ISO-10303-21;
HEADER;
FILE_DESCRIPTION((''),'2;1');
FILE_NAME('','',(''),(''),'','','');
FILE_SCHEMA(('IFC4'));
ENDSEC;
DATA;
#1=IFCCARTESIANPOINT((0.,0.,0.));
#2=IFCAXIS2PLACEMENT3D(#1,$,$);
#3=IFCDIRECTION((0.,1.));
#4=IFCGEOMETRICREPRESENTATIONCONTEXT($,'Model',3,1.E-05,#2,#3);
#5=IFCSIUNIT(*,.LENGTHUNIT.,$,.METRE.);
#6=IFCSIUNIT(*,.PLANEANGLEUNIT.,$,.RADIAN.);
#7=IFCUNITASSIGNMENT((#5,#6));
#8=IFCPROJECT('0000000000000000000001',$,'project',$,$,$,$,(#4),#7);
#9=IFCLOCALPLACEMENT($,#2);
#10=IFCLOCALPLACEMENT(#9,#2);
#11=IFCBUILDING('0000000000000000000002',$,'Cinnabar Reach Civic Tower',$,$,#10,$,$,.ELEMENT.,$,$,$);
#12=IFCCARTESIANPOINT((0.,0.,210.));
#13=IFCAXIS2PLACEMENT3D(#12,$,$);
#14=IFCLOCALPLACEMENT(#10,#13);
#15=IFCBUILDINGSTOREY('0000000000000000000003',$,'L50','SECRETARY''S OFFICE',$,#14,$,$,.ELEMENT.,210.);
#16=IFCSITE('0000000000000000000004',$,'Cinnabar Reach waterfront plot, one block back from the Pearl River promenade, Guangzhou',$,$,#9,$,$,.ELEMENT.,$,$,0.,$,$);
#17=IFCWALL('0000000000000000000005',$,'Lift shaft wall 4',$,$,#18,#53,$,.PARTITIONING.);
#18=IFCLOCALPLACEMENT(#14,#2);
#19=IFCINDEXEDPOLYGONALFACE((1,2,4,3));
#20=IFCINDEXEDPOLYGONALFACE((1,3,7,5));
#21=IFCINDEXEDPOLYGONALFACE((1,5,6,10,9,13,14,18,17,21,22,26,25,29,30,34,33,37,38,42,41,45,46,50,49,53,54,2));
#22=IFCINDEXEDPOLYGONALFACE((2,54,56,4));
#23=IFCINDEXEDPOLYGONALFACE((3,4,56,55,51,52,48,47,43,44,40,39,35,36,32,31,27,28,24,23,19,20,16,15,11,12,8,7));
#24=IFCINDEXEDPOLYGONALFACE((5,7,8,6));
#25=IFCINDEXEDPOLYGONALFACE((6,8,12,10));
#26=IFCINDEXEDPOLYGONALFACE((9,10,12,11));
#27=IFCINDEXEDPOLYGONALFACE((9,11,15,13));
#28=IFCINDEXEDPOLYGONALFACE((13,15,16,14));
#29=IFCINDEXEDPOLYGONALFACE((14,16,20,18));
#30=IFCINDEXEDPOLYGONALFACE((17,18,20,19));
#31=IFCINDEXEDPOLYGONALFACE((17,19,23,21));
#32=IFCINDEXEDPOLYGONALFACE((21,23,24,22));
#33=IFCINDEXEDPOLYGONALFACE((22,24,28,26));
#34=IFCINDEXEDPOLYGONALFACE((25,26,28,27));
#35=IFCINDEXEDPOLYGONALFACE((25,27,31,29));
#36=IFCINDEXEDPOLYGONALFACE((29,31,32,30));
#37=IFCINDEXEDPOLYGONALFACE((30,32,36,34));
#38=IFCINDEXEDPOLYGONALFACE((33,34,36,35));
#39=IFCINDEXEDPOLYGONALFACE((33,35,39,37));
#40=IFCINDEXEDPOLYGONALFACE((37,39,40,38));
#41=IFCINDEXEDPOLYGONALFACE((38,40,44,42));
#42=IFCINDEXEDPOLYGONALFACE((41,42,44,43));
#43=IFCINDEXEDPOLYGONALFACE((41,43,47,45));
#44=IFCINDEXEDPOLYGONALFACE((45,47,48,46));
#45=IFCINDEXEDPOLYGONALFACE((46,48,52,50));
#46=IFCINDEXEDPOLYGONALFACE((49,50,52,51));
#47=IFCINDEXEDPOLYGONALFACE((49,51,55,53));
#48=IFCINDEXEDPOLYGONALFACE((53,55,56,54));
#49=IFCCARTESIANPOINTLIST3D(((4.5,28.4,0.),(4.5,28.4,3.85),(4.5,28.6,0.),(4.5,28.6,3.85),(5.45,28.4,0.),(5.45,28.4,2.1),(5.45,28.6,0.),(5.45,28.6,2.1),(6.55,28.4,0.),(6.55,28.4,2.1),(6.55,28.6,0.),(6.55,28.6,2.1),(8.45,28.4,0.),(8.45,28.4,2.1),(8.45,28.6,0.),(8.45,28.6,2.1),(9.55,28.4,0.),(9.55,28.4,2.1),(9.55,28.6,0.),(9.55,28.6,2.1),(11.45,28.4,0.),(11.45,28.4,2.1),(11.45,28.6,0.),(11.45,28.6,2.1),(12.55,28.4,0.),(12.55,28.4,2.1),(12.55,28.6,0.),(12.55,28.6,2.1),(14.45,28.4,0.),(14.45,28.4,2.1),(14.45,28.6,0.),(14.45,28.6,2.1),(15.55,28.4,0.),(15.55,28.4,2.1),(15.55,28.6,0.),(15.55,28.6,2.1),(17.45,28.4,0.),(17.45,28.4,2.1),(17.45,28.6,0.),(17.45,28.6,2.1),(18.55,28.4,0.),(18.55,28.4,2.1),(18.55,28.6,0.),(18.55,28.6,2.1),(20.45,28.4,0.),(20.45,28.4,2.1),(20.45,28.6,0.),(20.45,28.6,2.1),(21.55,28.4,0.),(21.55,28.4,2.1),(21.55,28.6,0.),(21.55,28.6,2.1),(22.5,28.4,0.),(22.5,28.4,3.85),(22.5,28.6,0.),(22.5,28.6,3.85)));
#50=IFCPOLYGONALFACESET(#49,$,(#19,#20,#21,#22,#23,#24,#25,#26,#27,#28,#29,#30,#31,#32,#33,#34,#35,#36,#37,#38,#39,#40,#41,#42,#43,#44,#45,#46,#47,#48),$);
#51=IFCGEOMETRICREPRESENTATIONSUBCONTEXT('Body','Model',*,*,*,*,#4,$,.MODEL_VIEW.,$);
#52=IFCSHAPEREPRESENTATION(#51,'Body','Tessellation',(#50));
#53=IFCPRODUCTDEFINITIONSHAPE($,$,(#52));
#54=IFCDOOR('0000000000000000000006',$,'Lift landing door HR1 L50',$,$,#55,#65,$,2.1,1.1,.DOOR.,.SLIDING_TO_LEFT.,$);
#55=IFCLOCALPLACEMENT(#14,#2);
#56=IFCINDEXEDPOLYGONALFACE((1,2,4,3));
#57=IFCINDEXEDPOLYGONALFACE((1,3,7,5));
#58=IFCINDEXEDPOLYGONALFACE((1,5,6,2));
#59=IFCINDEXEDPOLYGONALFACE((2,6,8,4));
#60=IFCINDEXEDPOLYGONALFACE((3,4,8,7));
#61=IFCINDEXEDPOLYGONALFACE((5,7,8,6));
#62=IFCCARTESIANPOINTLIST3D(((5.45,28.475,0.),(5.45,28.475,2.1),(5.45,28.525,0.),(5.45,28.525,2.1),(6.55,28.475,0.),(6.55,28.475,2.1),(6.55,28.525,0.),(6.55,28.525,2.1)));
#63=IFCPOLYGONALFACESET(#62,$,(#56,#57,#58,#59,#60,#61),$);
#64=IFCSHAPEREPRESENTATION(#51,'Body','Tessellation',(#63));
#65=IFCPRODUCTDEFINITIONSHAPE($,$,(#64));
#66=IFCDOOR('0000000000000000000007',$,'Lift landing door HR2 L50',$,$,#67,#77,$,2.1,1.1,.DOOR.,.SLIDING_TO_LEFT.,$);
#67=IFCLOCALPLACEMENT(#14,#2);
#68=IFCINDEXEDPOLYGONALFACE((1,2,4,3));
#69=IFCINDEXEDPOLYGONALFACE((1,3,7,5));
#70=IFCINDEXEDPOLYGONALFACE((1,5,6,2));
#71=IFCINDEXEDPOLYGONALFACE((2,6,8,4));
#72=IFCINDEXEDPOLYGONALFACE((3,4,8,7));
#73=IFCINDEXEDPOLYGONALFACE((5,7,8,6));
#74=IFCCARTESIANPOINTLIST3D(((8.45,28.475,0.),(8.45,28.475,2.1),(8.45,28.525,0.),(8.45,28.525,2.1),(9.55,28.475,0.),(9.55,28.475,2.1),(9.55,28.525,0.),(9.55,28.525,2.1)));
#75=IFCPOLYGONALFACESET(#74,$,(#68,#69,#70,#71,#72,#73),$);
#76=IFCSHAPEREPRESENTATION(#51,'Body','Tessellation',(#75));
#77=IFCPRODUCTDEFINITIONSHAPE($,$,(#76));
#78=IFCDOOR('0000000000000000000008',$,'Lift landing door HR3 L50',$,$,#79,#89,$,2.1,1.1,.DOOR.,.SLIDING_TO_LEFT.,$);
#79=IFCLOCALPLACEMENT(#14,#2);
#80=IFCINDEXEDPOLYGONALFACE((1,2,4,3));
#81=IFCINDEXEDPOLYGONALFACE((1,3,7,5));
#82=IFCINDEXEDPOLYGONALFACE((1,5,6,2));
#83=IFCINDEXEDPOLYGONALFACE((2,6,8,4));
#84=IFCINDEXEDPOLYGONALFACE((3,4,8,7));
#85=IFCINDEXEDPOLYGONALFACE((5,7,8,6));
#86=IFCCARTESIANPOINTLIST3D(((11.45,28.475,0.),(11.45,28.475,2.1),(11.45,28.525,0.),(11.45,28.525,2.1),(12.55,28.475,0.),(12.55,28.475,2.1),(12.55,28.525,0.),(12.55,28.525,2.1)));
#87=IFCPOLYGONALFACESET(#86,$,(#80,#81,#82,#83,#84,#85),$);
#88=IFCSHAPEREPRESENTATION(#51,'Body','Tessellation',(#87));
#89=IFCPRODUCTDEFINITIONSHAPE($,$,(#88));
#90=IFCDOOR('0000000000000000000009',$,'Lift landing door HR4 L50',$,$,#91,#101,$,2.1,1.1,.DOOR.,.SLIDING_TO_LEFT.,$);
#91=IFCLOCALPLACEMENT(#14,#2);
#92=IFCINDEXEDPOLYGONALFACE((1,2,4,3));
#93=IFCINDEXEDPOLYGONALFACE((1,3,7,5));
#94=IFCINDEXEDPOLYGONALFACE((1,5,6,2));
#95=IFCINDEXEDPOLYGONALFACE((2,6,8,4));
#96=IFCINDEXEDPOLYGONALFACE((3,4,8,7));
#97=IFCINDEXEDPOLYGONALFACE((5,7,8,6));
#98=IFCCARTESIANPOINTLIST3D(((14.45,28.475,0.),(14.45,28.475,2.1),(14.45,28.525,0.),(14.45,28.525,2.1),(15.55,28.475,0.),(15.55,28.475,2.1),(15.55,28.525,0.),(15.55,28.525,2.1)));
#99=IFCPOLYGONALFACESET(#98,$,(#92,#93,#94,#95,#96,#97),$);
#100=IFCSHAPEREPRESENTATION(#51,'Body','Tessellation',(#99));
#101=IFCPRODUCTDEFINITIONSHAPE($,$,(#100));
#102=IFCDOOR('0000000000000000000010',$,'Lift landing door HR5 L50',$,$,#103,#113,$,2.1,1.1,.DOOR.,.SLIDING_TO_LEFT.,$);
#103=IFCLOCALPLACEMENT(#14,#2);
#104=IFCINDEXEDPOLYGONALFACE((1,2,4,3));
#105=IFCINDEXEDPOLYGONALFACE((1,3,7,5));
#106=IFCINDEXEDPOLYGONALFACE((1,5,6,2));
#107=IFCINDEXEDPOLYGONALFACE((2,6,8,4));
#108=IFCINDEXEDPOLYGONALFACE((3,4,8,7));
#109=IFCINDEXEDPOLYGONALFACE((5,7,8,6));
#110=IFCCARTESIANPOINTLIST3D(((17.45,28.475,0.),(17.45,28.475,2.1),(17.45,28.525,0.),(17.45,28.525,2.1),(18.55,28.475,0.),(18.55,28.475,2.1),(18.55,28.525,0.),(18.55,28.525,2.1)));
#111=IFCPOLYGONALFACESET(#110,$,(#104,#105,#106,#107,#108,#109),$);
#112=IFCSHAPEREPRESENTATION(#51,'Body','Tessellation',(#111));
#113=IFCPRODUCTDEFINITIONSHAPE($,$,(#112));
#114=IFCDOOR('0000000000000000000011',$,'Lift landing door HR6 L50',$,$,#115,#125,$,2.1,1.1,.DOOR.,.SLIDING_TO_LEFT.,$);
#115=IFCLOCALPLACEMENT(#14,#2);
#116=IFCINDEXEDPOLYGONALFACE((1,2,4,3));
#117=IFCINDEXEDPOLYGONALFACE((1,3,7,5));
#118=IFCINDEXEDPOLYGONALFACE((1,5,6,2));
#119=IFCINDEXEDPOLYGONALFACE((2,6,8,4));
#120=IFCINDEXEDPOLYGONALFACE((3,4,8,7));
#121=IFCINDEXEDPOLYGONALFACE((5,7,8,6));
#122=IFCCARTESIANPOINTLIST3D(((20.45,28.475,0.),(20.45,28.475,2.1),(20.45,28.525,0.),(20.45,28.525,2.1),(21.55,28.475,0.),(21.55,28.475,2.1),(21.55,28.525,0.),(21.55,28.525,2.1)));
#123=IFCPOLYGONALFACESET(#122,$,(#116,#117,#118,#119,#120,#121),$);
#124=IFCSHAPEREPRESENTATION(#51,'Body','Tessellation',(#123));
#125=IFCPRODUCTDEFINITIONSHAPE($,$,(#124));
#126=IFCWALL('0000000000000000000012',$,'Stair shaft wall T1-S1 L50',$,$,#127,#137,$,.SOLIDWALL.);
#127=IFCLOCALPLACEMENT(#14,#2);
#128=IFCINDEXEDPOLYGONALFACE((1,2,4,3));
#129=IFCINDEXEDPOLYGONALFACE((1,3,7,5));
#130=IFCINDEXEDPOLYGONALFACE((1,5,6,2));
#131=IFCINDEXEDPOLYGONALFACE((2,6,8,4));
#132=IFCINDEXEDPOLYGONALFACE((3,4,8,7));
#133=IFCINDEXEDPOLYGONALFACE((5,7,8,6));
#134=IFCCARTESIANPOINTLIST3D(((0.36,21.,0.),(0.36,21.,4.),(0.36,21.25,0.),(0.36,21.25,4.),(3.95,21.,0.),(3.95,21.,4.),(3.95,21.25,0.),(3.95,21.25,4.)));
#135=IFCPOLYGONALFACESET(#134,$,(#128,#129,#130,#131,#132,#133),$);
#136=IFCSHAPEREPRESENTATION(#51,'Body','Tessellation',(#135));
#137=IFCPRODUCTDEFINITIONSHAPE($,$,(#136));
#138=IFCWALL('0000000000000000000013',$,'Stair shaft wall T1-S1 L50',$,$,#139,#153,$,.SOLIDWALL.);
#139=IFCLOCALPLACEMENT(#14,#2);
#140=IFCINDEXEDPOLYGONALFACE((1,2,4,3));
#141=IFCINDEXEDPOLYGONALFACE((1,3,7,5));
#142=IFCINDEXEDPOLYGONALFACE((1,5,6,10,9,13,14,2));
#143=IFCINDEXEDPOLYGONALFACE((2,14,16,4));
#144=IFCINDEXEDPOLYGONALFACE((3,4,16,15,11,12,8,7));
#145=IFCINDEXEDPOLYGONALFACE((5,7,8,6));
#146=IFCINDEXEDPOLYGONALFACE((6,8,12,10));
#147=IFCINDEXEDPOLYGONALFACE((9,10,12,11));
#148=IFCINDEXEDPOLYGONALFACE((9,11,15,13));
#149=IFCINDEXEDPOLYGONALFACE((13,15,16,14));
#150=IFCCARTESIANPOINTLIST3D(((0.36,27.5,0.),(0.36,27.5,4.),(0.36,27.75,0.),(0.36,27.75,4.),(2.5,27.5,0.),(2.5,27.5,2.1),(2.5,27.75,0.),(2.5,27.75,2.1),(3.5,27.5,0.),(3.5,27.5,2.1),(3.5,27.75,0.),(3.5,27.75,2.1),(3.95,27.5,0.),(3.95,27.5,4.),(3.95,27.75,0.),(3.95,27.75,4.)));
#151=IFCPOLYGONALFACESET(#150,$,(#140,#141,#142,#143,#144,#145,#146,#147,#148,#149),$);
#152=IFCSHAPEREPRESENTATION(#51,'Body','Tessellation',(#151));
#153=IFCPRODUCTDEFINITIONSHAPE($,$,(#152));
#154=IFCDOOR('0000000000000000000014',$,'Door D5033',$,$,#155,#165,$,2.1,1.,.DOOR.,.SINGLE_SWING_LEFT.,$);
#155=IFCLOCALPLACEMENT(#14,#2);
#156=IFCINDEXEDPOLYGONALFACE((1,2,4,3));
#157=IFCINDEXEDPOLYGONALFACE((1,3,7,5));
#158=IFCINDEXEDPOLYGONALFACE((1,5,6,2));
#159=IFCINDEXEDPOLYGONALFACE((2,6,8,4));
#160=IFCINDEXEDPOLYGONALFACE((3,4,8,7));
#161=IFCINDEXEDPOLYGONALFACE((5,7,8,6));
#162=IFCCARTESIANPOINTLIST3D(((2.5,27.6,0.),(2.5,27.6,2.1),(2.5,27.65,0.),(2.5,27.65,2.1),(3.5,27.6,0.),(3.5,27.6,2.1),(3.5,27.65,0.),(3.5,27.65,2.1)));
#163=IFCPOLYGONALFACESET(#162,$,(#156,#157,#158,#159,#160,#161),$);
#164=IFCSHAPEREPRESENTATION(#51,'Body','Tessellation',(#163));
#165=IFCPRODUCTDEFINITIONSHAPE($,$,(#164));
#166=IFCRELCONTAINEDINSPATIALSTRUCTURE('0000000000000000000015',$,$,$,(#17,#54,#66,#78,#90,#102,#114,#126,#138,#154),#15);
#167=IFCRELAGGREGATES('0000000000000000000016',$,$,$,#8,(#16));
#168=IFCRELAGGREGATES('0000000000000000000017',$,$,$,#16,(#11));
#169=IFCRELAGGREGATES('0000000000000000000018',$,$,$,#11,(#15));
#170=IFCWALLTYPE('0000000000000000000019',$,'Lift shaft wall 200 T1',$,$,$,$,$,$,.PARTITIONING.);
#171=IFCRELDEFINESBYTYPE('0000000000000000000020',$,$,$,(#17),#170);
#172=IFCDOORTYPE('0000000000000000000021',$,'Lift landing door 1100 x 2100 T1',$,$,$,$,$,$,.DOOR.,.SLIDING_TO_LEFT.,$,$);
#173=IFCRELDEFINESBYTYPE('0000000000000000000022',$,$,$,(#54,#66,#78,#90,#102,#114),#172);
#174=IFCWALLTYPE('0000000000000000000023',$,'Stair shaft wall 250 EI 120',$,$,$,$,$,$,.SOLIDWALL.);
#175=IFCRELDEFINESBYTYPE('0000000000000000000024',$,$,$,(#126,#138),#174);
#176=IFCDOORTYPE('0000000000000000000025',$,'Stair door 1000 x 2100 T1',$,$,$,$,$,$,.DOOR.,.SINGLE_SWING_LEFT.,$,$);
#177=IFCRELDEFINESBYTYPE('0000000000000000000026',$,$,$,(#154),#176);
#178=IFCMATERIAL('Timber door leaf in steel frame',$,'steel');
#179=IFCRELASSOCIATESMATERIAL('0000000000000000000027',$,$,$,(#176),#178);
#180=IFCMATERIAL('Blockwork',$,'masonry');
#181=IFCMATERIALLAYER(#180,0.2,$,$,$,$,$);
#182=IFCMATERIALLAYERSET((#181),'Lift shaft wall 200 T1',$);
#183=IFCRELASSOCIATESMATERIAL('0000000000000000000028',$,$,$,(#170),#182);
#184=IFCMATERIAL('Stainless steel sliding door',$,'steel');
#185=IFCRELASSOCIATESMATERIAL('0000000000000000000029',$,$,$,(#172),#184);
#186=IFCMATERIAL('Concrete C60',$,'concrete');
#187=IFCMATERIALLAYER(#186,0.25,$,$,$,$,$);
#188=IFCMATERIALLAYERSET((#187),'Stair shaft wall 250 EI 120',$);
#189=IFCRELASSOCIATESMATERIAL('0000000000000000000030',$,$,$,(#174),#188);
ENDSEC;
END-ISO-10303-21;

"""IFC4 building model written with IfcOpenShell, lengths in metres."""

from ifc_helpers import new_model, si_unit, direction, frame, frame_2d, origin, place, context, subcontext, project, spatial, rectangle, extrude, material, layer, layer_set, type_object, element, fill, save


model = new_model("IFC4")

# Units and contexts
model_context = context("Model", 3, precision=1e-05, world=origin(), true_north=direction((0.0, 1.0)))
body_context = subcontext(model_context, "Body", "Model", "MODEL_VIEW")
ifc_project = project(units=[si_unit("LENGTHUNIT", "METRE"), si_unit("PLANEANGLEUNIT", "RADIAN")], contexts=[model_context])

# Site, building, storey
site_placement = place(None, origin())
site = spatial("IfcSite", under=ifc_project, at=site_placement, Name="Cinnabar Reach waterfront plot, one block back from the Pearl River promenade, Guangzhou", CompositionType="ELEMENT", RefElevation=0.0)
building_placement = place(site_placement, origin())
building = spatial("IfcBuilding", under=site, at=building_placement, Name="Cinnabar Reach Civic Tower", CompositionType="ELEMENT")
storey_placement = place(building_placement, frame((0.0, 0.0, 210.0)))
storey = spatial("IfcBuildingStorey", under=building, at=storey_placement, Name="L50", Description="SECRETARY'S OFFICE", CompositionType="ELEMENT", Elevation=210.0)

# Shared definitions
ifc_material_1 = material(Name="Concrete C60", Category="concrete")

# Shared definitions
ifc_material_2 = material(Name="Timber door leaf in steel frame", Category="steel")
door_type_1 = type_object("IfcDoorType", Name="Stair door 1000 x 2100 T1", OperationType="SINGLE_SWING_LEFT", PredefinedType="DOOR", material=ifc_material_2)

# Wall, openings, doors
ifc_material_3 = material(Name="Blockwork", Category="masonry")
ifc_layer_1 = layer(ifc_material_3, 0.2)
ifc_layer_set_1 = layer_set([ifc_layer_1], Name="Lift shaft wall 200 T1")
wall_type_1 = type_object("IfcWallType", Name="Lift shaft wall 200 T1", PredefinedType="PARTITIONING", material=ifc_layer_set_1)
wall_1_placement = place(storey_placement, frame((4.5, 28.5, 0.0), z_axis=(0.0, 0.0, 1.0), x_axis=(1.0, 0.0, 0.0)))
wall_1 = element("IfcWall", 1, at=wall_1_placement, inside=storey, type_object=wall_type_1, Name="Lift shaft wall 4", PredefinedType="PARTITIONING", context=body_context, shape_type="SweptSolid", body=[
    extrude(rectangle(XDim=18.0, YDim=0.2, at=frame_2d((9.0, 0.0))), origin(), (0.0, 0.0, 1.0), 3.85),
])
opening_1_placement = place(wall_1_placement, frame((0.95, 0.0, 0.0)))
opening_1 = element("IfcOpeningElement", 2, at=opening_1_placement, cuts=wall_1, PredefinedType="OPENING", context=body_context, shape_type="SweptSolid", body=[
    extrude(rectangle(XDim=1.1, YDim=2.1, at=frame_2d((0.55, 1.05))), frame((0.0, 0.11, 0.0), z_axis=(0.0, -1.0, 0.0), x_axis=(1.0, 0.0, 0.0)), (0.0, 0.0, 1.0), 0.22),
])
opening_2_placement = place(wall_1_placement, frame((3.95, 0.0, 0.0)))
opening_2 = element("IfcOpeningElement", 3, at=opening_2_placement, cuts=wall_1, PredefinedType="OPENING", context=body_context, shape_type="SweptSolid", body=[
    extrude(rectangle(XDim=1.1, YDim=2.1, at=frame_2d((0.55, 1.05))), frame((0.0, 0.11, 0.0), z_axis=(0.0, -1.0, 0.0), x_axis=(1.0, 0.0, 0.0)), (0.0, 0.0, 1.0), 0.22),
])
opening_3_placement = place(wall_1_placement, frame((6.95, 0.0, 0.0)))
opening_3 = element("IfcOpeningElement", 4, at=opening_3_placement, cuts=wall_1, PredefinedType="OPENING", context=body_context, shape_type="SweptSolid", body=[
    extrude(rectangle(XDim=1.1, YDim=2.1, at=frame_2d((0.55, 1.05))), frame((0.0, 0.11, 0.0), z_axis=(0.0, -1.0, 0.0), x_axis=(1.0, 0.0, 0.0)), (0.0, 0.0, 1.0), 0.22),
])
opening_4_placement = place(wall_1_placement, frame((9.95, 0.0, 0.0)))
opening_4 = element("IfcOpeningElement", 5, at=opening_4_placement, cuts=wall_1, PredefinedType="OPENING", context=body_context, shape_type="SweptSolid", body=[
    extrude(rectangle(XDim=1.1, YDim=2.1, at=frame_2d((0.55, 1.05))), frame((0.0, 0.11, 0.0), z_axis=(0.0, -1.0, 0.0), x_axis=(1.0, 0.0, 0.0)), (0.0, 0.0, 1.0), 0.22),
])
opening_5_placement = place(wall_1_placement, frame((12.95, 0.0, 0.0)))
opening_5 = element("IfcOpeningElement", 6, at=opening_5_placement, cuts=wall_1, PredefinedType="OPENING", context=body_context, shape_type="SweptSolid", body=[
    extrude(rectangle(XDim=1.1, YDim=2.1, at=frame_2d((0.55, 1.05))), frame((0.0, 0.11, 0.0), z_axis=(0.0, -1.0, 0.0), x_axis=(1.0, 0.0, 0.0)), (0.0, 0.0, 1.0), 0.22),
])
opening_6_placement = place(wall_1_placement, frame((15.95, 0.0, 0.0)))
opening_6 = element("IfcOpeningElement", 7, at=opening_6_placement, cuts=wall_1, PredefinedType="OPENING", context=body_context, shape_type="SweptSolid", body=[
    extrude(rectangle(XDim=1.1, YDim=2.1, at=frame_2d((0.55, 1.05))), frame((0.0, 0.11, 0.0), z_axis=(0.0, -1.0, 0.0), x_axis=(1.0, 0.0, 0.0)), (0.0, 0.0, 1.0), 0.22),
])
ifc_material_4 = material(Name="Stainless steel sliding door", Category="steel")
door_type_2 = type_object("IfcDoorType", Name="Lift landing door 1100 x 2100 T1", OperationType="SLIDING_TO_LEFT", PredefinedType="DOOR", material=ifc_material_4)
door_1_placement = place(opening_1_placement, origin())
door_1 = element("IfcDoor", 8, at=door_1_placement, inside=storey, type_object=door_type_2, Name="Lift landing door HR1 L50", OperationType="SLIDING_TO_LEFT", OverallHeight=2.1, OverallWidth=1.1, PredefinedType="DOOR", context=body_context, shape_type="SweptSolid", body=[
    extrude(rectangle(XDim=1.1, YDim=2.1, at=frame_2d((0.55, 1.05))), frame((0.0, 0.025, 0.0), z_axis=(0.0, -1.0, 0.0), x_axis=(1.0, 0.0, 0.0)), (0.0, 0.0, 1.0), 0.05),
])
fill(opening_1, door_1)
door_2_placement = place(opening_2_placement, origin())
door_2 = element("IfcDoor", 9, at=door_2_placement, inside=storey, type_object=door_type_2, Name="Lift landing door HR2 L50", OperationType="SLIDING_TO_LEFT", OverallHeight=2.1, OverallWidth=1.1, PredefinedType="DOOR", context=body_context, shape_type="SweptSolid", body=[
    extrude(rectangle(XDim=1.1, YDim=2.1, at=frame_2d((0.55, 1.05))), frame((0.0, 0.025, 0.0), z_axis=(0.0, -1.0, 0.0), x_axis=(1.0, 0.0, 0.0)), (0.0, 0.0, 1.0), 0.05),
])
fill(opening_2, door_2)
door_3_placement = place(opening_3_placement, origin())
door_3 = element("IfcDoor", 10, at=door_3_placement, inside=storey, type_object=door_type_2, Name="Lift landing door HR3 L50", OperationType="SLIDING_TO_LEFT", OverallHeight=2.1, OverallWidth=1.1, PredefinedType="DOOR", context=body_context, shape_type="SweptSolid", body=[
    extrude(rectangle(XDim=1.1, YDim=2.1, at=frame_2d((0.55, 1.05))), frame((0.0, 0.025, 0.0), z_axis=(0.0, -1.0, 0.0), x_axis=(1.0, 0.0, 0.0)), (0.0, 0.0, 1.0), 0.05),
])
fill(opening_3, door_3)
door_4_placement = place(opening_4_placement, origin())
door_4 = element("IfcDoor", 11, at=door_4_placement, inside=storey, type_object=door_type_2, Name="Lift landing door HR4 L50", OperationType="SLIDING_TO_LEFT", OverallHeight=2.1, OverallWidth=1.1, PredefinedType="DOOR", context=body_context, shape_type="SweptSolid", body=[
    extrude(rectangle(XDim=1.1, YDim=2.1, at=frame_2d((0.55, 1.05))), frame((0.0, 0.025, 0.0), z_axis=(0.0, -1.0, 0.0), x_axis=(1.0, 0.0, 0.0)), (0.0, 0.0, 1.0), 0.05),
])
fill(opening_4, door_4)
door_5_placement = place(opening_5_placement, origin())
door_5 = element("IfcDoor", 12, at=door_5_placement, inside=storey, type_object=door_type_2, Name="Lift landing door HR5 L50", OperationType="SLIDING_TO_LEFT", OverallHeight=2.1, OverallWidth=1.1, PredefinedType="DOOR", context=body_context, shape_type="SweptSolid", body=[
    extrude(rectangle(XDim=1.1, YDim=2.1, at=frame_2d((0.55, 1.05))), frame((0.0, 0.025, 0.0), z_axis=(0.0, -1.0, 0.0), x_axis=(1.0, 0.0, 0.0)), (0.0, 0.0, 1.0), 0.05),
])
fill(opening_5, door_5)
door_6_placement = place(opening_6_placement, origin())
door_6 = element("IfcDoor", 13, at=door_6_placement, inside=storey, type_object=door_type_2, Name="Lift landing door HR6 L50", OperationType="SLIDING_TO_LEFT", OverallHeight=2.1, OverallWidth=1.1, PredefinedType="DOOR", context=body_context, shape_type="SweptSolid", body=[
    extrude(rectangle(XDim=1.1, YDim=2.1, at=frame_2d((0.55, 1.05))), frame((0.0, 0.025, 0.0), z_axis=(0.0, -1.0, 0.0), x_axis=(1.0, 0.0, 0.0)), (0.0, 0.0, 1.0), 0.05),
])
fill(opening_6, door_6)

# Wall
ifc_layer_2 = layer(ifc_material_1, 0.25)
ifc_layer_set_2 = layer_set([ifc_layer_2], Name="Stair shaft wall 250 EI 120")
wall_type_2 = type_object("IfcWallType", Name="Stair shaft wall 250 EI 120", PredefinedType="SOLIDWALL", material=ifc_layer_set_2)
wall_2_placement = place(storey_placement, frame((0.36, 21.125, 0.0), z_axis=(0.0, 0.0, 1.0), x_axis=(1.0, 0.0, 0.0)))
element("IfcWall", 14, at=wall_2_placement, inside=storey, type_object=wall_type_2, Name="Stair shaft wall T1-S1 L50", PredefinedType="SOLIDWALL", context=body_context, shape_type="SweptSolid", body=[
    extrude(rectangle(XDim=3.59, YDim=0.25, at=frame_2d((1.795, 0.0))), origin(), (0.0, 0.0, 1.0), 4.0),
])

# Wall, opening, door
wall_3_placement = place(storey_placement, frame((3.95, 27.625, 0.0), z_axis=(0.0, 0.0, 1.0), x_axis=(-1.0, 0.0, 0.0)))
wall_3 = element("IfcWall", 15, at=wall_3_placement, inside=storey, type_object=wall_type_2, Name="Stair shaft wall T1-S1 L50", PredefinedType="SOLIDWALL", context=body_context, shape_type="SweptSolid", body=[
    extrude(rectangle(XDim=3.59, YDim=0.25, at=frame_2d((1.795, 0.0))), origin(), (0.0, 0.0, 1.0), 4.0),
])
opening_7_placement = place(wall_3_placement, frame((0.45, 0.0, 0.0)))
opening_7 = element("IfcOpeningElement", 16, at=opening_7_placement, cuts=wall_3, PredefinedType="OPENING", context=body_context, shape_type="SweptSolid", body=[
    extrude(rectangle(XDim=1.0, YDim=2.1, at=frame_2d((0.5, 1.05))), frame((0.0, 0.135, 0.0), z_axis=(0.0, -1.0, 0.0), x_axis=(1.0, 0.0, 0.0)), (0.0, 0.0, 1.0), 0.27),
])
door_7_placement = place(opening_7_placement, origin())
door_7 = element("IfcDoor", 17, at=door_7_placement, inside=storey, type_object=door_type_1, Name="Door D5033", OperationType="SINGLE_SWING_LEFT", OverallHeight=2.1, OverallWidth=1.0, PredefinedType="DOOR", context=body_context, shape_type="SweptSolid", body=[
    extrude(rectangle(XDim=1.0, YDim=2.1, at=frame_2d((0.5, 1.05))), frame((0.0, 0.025, 0.0), z_axis=(0.0, -1.0, 0.0), x_axis=(1.0, 0.0, 0.0)), (0.0, 0.0, 1.0), 0.05),
])
fill(opening_7, door_7)

save(model, "model.ifc")
